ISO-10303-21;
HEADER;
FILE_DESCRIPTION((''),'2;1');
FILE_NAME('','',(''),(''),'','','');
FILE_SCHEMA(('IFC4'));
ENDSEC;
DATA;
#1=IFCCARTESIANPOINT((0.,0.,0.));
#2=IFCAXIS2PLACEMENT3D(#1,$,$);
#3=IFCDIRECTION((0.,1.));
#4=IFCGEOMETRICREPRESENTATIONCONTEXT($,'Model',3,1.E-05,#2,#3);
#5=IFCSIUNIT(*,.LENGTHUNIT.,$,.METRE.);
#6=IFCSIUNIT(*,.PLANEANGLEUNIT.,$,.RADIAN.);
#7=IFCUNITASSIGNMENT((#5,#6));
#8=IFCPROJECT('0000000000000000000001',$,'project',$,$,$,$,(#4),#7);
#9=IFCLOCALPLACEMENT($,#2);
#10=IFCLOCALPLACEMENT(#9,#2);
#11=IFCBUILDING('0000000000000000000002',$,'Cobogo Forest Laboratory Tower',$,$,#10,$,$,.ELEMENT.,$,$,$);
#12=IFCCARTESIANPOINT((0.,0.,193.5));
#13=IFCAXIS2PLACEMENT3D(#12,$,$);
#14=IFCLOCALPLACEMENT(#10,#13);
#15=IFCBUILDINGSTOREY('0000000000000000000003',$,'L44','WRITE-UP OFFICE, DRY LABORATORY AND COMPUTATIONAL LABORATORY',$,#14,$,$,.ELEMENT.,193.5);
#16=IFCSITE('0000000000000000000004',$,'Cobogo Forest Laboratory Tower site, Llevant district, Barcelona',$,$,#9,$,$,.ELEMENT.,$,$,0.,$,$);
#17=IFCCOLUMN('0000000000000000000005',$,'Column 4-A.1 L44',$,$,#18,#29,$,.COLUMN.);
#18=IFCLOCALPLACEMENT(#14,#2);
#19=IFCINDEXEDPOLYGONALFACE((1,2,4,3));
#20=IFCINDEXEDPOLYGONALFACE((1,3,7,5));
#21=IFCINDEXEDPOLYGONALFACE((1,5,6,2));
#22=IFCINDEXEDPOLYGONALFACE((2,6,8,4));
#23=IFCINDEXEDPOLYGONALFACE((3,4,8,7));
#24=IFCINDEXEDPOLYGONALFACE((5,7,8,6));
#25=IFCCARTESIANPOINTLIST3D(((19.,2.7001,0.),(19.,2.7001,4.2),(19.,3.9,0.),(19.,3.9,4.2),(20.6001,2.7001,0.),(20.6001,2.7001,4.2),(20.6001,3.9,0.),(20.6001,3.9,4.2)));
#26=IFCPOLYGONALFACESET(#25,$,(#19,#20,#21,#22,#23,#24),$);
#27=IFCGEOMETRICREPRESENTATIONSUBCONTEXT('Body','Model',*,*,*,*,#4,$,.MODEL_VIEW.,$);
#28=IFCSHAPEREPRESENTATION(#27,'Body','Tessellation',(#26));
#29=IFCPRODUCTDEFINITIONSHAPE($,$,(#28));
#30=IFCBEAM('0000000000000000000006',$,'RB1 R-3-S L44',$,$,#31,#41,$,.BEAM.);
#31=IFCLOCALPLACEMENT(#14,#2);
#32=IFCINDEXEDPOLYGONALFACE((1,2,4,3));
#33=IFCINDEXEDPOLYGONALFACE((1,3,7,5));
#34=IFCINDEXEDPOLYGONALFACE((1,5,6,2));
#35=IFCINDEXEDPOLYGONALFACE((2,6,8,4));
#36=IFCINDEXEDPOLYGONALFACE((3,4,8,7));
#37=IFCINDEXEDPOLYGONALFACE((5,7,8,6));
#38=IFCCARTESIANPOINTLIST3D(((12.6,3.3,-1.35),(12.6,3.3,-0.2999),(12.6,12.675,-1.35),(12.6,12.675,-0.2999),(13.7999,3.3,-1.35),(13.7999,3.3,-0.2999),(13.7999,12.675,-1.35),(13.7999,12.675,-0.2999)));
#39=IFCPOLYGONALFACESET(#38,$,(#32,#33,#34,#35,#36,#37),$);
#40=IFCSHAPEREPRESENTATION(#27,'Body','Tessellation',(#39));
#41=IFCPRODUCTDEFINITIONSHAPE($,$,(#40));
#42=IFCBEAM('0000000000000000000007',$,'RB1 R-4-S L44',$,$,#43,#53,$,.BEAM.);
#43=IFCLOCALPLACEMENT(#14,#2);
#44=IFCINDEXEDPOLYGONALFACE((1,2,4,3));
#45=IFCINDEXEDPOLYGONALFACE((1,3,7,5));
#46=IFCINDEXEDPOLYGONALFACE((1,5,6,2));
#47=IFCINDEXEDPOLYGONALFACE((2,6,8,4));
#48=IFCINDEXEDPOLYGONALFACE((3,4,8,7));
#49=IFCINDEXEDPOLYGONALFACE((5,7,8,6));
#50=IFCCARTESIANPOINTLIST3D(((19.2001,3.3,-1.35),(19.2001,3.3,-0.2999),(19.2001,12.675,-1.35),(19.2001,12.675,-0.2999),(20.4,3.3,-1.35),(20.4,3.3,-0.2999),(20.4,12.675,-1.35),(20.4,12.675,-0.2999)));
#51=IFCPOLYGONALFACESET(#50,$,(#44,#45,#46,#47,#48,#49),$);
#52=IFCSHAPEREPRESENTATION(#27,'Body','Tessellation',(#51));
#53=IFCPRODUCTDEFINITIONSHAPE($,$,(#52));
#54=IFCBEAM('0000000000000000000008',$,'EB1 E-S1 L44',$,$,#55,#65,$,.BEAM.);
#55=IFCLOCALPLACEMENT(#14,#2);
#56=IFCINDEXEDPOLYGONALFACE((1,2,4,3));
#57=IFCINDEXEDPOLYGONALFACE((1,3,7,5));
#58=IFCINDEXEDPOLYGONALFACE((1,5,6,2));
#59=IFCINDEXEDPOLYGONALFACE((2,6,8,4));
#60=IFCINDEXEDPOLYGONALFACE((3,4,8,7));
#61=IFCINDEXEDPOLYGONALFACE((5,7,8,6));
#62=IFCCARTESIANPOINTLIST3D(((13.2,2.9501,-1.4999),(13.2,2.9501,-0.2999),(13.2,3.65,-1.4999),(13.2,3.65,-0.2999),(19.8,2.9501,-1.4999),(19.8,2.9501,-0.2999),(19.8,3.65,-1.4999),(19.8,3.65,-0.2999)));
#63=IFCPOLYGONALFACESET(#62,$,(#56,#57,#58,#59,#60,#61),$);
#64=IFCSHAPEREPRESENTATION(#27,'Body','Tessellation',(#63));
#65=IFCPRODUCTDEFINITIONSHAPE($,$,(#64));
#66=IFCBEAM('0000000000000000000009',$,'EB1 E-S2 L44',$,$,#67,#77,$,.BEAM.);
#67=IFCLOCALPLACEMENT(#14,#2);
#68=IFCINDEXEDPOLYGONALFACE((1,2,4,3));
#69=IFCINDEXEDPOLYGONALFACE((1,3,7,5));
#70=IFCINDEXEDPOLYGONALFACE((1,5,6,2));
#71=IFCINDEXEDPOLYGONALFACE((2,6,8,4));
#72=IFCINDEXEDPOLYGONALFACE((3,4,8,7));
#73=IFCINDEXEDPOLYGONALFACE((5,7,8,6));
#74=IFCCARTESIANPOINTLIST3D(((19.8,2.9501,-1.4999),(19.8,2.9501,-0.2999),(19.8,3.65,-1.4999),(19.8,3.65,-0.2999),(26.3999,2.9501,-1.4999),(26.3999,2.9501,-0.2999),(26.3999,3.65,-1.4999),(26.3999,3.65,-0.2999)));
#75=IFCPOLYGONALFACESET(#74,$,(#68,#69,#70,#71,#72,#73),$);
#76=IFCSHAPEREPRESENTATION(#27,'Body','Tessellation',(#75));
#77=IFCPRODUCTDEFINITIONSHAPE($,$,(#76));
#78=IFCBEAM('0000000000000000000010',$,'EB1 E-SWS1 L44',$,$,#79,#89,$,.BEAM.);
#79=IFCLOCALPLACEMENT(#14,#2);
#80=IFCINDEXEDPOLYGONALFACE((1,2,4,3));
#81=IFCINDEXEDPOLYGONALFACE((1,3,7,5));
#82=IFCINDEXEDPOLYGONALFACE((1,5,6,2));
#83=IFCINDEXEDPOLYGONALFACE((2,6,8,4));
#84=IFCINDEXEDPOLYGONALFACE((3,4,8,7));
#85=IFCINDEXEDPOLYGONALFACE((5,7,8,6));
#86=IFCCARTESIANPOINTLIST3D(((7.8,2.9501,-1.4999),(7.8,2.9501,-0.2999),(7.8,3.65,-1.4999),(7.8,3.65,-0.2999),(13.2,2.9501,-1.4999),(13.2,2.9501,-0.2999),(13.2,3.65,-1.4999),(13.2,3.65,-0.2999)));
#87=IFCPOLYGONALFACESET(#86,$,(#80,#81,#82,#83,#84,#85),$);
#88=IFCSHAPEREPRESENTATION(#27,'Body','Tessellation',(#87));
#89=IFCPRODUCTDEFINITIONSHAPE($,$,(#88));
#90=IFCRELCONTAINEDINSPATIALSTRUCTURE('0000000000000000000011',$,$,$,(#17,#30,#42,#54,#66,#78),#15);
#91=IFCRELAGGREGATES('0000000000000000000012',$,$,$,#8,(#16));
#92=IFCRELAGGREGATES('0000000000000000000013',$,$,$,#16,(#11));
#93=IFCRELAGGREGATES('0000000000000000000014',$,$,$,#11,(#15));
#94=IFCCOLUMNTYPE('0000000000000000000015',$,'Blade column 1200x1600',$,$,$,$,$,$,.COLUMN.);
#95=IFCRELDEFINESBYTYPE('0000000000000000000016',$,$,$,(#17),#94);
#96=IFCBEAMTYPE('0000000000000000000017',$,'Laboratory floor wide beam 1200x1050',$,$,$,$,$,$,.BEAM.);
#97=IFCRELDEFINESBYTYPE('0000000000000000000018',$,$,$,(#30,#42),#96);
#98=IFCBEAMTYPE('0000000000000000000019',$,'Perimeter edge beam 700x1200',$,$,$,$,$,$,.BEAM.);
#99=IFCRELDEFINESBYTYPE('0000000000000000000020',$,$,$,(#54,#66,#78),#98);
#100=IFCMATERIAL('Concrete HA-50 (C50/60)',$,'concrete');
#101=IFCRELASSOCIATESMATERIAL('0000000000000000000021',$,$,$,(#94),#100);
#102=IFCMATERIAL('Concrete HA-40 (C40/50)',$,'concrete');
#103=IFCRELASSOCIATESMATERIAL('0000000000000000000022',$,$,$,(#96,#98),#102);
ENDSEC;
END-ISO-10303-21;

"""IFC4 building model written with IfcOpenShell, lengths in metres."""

from ifc_helpers import new_model, si_unit, direction, frame, origin, origin_2d, place, context, subcontext, project, spatial, rectangle, extrude, material, material_profile, profile_set, type_object, element, save


model = new_model("IFC4")

# Units and contexts
model_context = context("Model", 3, precision=1e-05, world=origin(), true_north=direction((0.0, 1.0)))
body_context = subcontext(model_context, "Body", "Model", "MODEL_VIEW")
ifc_project = project(units=[si_unit("LENGTHUNIT", "METRE"), si_unit("PLANEANGLEUNIT", "RADIAN")], contexts=[model_context])

# Site, building, storey
site_placement = place(None, origin())
site = spatial("IfcSite", under=ifc_project, at=site_placement, Name="Cobogo Forest Laboratory Tower site, Llevant district, Barcelona", CompositionType="ELEMENT", RefElevation=0.0)
building_placement = place(site_placement, origin())
building = spatial("IfcBuilding", under=site, at=building_placement, Name="Cobogo Forest Laboratory Tower", CompositionType="ELEMENT")
storey_placement = place(building_placement, frame((0.0, 0.0, 193.5)))
storey = spatial("IfcBuildingStorey", under=building, at=storey_placement, Name="L44", Description="WRITE-UP OFFICE, DRY LABORATORY AND COMPUTATIONAL LABORATORY", CompositionType="ELEMENT", Elevation=193.5)

# Column
ifc_material_1 = material(Name="Concrete HA-50 (C50/60)", Category="concrete")
ifc_material_profile_1 = material_profile(ifc_material_1, rectangle(XDim=1.6001, YDim=1.2, at=origin_2d()), Name="RC 1200x1600")
ifc_profile_set_1 = profile_set([ifc_material_profile_1], Name="Concrete HA-50 (C50/60)")
column_type = type_object("IfcColumnType", Name="Blade column 1200x1600", PredefinedType="COLUMN", material=ifc_profile_set_1)
column_placement = place(storey_placement, frame((19.8, 3.3, 0.0), z_axis=(0.0, 0.0, 1.0), x_axis=(1.0, 0.0, 0.0)))
element("IfcColumn", 1, at=column_placement, inside=storey, type_object=column_type, Name="Column 4-A.1 L44", PredefinedType="COLUMN", context=body_context, shape_type="SweptSolid", body=[
    extrude(rectangle(XDim=1.6001, YDim=1.2, at=origin_2d()), origin(), (0.0, 0.0, 1.0), 4.2),
])

# Beams
ifc_material_2 = material(Name="Concrete HA-40 (C40/50)", Category="concrete")
ifc_material_profile_2 = material_profile(ifc_material_2, rectangle(XDim=1.2, YDim=1.05, at=origin_2d()), Name="RC 1200x1050")
ifc_profile_set_2 = profile_set([ifc_material_profile_2], Name="Concrete HA-40 (C40/50)")
beam_type_1 = type_object("IfcBeamType", Name="Laboratory floor wide beam 1200x1050", PredefinedType="BEAM", material=ifc_profile_set_2)
for number, where, z_axis, x_axis, name in (
    (2, (13.2, 12.675, -0.825), (0.0, -1.0, 0.0), (1.0, 0.0, 0.0), "RB1 R-3-S L44"),
    (3, (19.8, 12.675, -0.825), (0.0, -1.0, 0.0), (1.0, 0.0, 0.0), "RB1 R-4-S L44"),
):
    element("IfcBeam", number, at=place(storey_placement, frame(where, z_axis=z_axis, x_axis=x_axis)), inside=storey, type_object=beam_type_1, Name=name, PredefinedType="BEAM", context=body_context, shape_type="SweptSolid", body=[
        extrude(rectangle(XDim=1.2, YDim=1.05, at=origin_2d()), origin(), (0.0, 0.0, 1.0), 9.375),
    ])
ifc_material_profile_3 = material_profile(ifc_material_2, rectangle(XDim=0.7, YDim=1.2, at=origin_2d()), Name="RC 700x1200")
ifc_profile_set_3 = profile_set([ifc_material_profile_3], Name="Concrete HA-40 (C40/50)")
beam_type_2 = type_object("IfcBeamType", Name="Perimeter edge beam 700x1200", PredefinedType="BEAM", material=ifc_profile_set_3)
beam_1_placement = place(storey_placement, frame((13.2, 3.3, -0.8999), z_axis=(1.0, 0.0, 0.0), x_axis=(0.0, 1.0, 0.0)))
element("IfcBeam", 4, at=beam_1_placement, inside=storey, type_object=beam_type_2, Name="EB1 E-S1 L44", PredefinedType="BEAM", context=body_context, shape_type="SweptSolid", body=[
    extrude(rectangle(XDim=0.7, YDim=1.2, at=origin_2d()), origin(), (0.0, 0.0, 1.0), 6.6001),
])
beam_2_placement = place(storey_placement, frame((19.8, 3.3, -0.8999), z_axis=(1.0, 0.0, 0.0), x_axis=(0.0, 1.0, 0.0)))
element("IfcBeam", 5, at=beam_2_placement, inside=storey, type_object=beam_type_2, Name="EB1 E-S2 L44", PredefinedType="BEAM", context=body_context, shape_type="SweptSolid", body=[
    extrude(rectangle(XDim=0.7, YDim=1.2, at=origin_2d()), origin(), (0.0, 0.0, 1.0), 6.5999),
])
beam_3_placement = place(storey_placement, frame((13.2, 3.3, -0.8999), z_axis=(-1.0, 0.0, 0.0), x_axis=(0.0, -1.0, 0.0)))
element("IfcBeam", 6, at=beam_3_placement, inside=storey, type_object=beam_type_2, Name="EB1 E-SWS1 L44", PredefinedType="BEAM", context=body_context, shape_type="SweptSolid", body=[
    extrude(rectangle(XDim=0.7, YDim=1.2, at=origin_2d()), origin(), (0.0, 0.0, 1.0), 5.3999),
])

save(model, "model.ifc")
